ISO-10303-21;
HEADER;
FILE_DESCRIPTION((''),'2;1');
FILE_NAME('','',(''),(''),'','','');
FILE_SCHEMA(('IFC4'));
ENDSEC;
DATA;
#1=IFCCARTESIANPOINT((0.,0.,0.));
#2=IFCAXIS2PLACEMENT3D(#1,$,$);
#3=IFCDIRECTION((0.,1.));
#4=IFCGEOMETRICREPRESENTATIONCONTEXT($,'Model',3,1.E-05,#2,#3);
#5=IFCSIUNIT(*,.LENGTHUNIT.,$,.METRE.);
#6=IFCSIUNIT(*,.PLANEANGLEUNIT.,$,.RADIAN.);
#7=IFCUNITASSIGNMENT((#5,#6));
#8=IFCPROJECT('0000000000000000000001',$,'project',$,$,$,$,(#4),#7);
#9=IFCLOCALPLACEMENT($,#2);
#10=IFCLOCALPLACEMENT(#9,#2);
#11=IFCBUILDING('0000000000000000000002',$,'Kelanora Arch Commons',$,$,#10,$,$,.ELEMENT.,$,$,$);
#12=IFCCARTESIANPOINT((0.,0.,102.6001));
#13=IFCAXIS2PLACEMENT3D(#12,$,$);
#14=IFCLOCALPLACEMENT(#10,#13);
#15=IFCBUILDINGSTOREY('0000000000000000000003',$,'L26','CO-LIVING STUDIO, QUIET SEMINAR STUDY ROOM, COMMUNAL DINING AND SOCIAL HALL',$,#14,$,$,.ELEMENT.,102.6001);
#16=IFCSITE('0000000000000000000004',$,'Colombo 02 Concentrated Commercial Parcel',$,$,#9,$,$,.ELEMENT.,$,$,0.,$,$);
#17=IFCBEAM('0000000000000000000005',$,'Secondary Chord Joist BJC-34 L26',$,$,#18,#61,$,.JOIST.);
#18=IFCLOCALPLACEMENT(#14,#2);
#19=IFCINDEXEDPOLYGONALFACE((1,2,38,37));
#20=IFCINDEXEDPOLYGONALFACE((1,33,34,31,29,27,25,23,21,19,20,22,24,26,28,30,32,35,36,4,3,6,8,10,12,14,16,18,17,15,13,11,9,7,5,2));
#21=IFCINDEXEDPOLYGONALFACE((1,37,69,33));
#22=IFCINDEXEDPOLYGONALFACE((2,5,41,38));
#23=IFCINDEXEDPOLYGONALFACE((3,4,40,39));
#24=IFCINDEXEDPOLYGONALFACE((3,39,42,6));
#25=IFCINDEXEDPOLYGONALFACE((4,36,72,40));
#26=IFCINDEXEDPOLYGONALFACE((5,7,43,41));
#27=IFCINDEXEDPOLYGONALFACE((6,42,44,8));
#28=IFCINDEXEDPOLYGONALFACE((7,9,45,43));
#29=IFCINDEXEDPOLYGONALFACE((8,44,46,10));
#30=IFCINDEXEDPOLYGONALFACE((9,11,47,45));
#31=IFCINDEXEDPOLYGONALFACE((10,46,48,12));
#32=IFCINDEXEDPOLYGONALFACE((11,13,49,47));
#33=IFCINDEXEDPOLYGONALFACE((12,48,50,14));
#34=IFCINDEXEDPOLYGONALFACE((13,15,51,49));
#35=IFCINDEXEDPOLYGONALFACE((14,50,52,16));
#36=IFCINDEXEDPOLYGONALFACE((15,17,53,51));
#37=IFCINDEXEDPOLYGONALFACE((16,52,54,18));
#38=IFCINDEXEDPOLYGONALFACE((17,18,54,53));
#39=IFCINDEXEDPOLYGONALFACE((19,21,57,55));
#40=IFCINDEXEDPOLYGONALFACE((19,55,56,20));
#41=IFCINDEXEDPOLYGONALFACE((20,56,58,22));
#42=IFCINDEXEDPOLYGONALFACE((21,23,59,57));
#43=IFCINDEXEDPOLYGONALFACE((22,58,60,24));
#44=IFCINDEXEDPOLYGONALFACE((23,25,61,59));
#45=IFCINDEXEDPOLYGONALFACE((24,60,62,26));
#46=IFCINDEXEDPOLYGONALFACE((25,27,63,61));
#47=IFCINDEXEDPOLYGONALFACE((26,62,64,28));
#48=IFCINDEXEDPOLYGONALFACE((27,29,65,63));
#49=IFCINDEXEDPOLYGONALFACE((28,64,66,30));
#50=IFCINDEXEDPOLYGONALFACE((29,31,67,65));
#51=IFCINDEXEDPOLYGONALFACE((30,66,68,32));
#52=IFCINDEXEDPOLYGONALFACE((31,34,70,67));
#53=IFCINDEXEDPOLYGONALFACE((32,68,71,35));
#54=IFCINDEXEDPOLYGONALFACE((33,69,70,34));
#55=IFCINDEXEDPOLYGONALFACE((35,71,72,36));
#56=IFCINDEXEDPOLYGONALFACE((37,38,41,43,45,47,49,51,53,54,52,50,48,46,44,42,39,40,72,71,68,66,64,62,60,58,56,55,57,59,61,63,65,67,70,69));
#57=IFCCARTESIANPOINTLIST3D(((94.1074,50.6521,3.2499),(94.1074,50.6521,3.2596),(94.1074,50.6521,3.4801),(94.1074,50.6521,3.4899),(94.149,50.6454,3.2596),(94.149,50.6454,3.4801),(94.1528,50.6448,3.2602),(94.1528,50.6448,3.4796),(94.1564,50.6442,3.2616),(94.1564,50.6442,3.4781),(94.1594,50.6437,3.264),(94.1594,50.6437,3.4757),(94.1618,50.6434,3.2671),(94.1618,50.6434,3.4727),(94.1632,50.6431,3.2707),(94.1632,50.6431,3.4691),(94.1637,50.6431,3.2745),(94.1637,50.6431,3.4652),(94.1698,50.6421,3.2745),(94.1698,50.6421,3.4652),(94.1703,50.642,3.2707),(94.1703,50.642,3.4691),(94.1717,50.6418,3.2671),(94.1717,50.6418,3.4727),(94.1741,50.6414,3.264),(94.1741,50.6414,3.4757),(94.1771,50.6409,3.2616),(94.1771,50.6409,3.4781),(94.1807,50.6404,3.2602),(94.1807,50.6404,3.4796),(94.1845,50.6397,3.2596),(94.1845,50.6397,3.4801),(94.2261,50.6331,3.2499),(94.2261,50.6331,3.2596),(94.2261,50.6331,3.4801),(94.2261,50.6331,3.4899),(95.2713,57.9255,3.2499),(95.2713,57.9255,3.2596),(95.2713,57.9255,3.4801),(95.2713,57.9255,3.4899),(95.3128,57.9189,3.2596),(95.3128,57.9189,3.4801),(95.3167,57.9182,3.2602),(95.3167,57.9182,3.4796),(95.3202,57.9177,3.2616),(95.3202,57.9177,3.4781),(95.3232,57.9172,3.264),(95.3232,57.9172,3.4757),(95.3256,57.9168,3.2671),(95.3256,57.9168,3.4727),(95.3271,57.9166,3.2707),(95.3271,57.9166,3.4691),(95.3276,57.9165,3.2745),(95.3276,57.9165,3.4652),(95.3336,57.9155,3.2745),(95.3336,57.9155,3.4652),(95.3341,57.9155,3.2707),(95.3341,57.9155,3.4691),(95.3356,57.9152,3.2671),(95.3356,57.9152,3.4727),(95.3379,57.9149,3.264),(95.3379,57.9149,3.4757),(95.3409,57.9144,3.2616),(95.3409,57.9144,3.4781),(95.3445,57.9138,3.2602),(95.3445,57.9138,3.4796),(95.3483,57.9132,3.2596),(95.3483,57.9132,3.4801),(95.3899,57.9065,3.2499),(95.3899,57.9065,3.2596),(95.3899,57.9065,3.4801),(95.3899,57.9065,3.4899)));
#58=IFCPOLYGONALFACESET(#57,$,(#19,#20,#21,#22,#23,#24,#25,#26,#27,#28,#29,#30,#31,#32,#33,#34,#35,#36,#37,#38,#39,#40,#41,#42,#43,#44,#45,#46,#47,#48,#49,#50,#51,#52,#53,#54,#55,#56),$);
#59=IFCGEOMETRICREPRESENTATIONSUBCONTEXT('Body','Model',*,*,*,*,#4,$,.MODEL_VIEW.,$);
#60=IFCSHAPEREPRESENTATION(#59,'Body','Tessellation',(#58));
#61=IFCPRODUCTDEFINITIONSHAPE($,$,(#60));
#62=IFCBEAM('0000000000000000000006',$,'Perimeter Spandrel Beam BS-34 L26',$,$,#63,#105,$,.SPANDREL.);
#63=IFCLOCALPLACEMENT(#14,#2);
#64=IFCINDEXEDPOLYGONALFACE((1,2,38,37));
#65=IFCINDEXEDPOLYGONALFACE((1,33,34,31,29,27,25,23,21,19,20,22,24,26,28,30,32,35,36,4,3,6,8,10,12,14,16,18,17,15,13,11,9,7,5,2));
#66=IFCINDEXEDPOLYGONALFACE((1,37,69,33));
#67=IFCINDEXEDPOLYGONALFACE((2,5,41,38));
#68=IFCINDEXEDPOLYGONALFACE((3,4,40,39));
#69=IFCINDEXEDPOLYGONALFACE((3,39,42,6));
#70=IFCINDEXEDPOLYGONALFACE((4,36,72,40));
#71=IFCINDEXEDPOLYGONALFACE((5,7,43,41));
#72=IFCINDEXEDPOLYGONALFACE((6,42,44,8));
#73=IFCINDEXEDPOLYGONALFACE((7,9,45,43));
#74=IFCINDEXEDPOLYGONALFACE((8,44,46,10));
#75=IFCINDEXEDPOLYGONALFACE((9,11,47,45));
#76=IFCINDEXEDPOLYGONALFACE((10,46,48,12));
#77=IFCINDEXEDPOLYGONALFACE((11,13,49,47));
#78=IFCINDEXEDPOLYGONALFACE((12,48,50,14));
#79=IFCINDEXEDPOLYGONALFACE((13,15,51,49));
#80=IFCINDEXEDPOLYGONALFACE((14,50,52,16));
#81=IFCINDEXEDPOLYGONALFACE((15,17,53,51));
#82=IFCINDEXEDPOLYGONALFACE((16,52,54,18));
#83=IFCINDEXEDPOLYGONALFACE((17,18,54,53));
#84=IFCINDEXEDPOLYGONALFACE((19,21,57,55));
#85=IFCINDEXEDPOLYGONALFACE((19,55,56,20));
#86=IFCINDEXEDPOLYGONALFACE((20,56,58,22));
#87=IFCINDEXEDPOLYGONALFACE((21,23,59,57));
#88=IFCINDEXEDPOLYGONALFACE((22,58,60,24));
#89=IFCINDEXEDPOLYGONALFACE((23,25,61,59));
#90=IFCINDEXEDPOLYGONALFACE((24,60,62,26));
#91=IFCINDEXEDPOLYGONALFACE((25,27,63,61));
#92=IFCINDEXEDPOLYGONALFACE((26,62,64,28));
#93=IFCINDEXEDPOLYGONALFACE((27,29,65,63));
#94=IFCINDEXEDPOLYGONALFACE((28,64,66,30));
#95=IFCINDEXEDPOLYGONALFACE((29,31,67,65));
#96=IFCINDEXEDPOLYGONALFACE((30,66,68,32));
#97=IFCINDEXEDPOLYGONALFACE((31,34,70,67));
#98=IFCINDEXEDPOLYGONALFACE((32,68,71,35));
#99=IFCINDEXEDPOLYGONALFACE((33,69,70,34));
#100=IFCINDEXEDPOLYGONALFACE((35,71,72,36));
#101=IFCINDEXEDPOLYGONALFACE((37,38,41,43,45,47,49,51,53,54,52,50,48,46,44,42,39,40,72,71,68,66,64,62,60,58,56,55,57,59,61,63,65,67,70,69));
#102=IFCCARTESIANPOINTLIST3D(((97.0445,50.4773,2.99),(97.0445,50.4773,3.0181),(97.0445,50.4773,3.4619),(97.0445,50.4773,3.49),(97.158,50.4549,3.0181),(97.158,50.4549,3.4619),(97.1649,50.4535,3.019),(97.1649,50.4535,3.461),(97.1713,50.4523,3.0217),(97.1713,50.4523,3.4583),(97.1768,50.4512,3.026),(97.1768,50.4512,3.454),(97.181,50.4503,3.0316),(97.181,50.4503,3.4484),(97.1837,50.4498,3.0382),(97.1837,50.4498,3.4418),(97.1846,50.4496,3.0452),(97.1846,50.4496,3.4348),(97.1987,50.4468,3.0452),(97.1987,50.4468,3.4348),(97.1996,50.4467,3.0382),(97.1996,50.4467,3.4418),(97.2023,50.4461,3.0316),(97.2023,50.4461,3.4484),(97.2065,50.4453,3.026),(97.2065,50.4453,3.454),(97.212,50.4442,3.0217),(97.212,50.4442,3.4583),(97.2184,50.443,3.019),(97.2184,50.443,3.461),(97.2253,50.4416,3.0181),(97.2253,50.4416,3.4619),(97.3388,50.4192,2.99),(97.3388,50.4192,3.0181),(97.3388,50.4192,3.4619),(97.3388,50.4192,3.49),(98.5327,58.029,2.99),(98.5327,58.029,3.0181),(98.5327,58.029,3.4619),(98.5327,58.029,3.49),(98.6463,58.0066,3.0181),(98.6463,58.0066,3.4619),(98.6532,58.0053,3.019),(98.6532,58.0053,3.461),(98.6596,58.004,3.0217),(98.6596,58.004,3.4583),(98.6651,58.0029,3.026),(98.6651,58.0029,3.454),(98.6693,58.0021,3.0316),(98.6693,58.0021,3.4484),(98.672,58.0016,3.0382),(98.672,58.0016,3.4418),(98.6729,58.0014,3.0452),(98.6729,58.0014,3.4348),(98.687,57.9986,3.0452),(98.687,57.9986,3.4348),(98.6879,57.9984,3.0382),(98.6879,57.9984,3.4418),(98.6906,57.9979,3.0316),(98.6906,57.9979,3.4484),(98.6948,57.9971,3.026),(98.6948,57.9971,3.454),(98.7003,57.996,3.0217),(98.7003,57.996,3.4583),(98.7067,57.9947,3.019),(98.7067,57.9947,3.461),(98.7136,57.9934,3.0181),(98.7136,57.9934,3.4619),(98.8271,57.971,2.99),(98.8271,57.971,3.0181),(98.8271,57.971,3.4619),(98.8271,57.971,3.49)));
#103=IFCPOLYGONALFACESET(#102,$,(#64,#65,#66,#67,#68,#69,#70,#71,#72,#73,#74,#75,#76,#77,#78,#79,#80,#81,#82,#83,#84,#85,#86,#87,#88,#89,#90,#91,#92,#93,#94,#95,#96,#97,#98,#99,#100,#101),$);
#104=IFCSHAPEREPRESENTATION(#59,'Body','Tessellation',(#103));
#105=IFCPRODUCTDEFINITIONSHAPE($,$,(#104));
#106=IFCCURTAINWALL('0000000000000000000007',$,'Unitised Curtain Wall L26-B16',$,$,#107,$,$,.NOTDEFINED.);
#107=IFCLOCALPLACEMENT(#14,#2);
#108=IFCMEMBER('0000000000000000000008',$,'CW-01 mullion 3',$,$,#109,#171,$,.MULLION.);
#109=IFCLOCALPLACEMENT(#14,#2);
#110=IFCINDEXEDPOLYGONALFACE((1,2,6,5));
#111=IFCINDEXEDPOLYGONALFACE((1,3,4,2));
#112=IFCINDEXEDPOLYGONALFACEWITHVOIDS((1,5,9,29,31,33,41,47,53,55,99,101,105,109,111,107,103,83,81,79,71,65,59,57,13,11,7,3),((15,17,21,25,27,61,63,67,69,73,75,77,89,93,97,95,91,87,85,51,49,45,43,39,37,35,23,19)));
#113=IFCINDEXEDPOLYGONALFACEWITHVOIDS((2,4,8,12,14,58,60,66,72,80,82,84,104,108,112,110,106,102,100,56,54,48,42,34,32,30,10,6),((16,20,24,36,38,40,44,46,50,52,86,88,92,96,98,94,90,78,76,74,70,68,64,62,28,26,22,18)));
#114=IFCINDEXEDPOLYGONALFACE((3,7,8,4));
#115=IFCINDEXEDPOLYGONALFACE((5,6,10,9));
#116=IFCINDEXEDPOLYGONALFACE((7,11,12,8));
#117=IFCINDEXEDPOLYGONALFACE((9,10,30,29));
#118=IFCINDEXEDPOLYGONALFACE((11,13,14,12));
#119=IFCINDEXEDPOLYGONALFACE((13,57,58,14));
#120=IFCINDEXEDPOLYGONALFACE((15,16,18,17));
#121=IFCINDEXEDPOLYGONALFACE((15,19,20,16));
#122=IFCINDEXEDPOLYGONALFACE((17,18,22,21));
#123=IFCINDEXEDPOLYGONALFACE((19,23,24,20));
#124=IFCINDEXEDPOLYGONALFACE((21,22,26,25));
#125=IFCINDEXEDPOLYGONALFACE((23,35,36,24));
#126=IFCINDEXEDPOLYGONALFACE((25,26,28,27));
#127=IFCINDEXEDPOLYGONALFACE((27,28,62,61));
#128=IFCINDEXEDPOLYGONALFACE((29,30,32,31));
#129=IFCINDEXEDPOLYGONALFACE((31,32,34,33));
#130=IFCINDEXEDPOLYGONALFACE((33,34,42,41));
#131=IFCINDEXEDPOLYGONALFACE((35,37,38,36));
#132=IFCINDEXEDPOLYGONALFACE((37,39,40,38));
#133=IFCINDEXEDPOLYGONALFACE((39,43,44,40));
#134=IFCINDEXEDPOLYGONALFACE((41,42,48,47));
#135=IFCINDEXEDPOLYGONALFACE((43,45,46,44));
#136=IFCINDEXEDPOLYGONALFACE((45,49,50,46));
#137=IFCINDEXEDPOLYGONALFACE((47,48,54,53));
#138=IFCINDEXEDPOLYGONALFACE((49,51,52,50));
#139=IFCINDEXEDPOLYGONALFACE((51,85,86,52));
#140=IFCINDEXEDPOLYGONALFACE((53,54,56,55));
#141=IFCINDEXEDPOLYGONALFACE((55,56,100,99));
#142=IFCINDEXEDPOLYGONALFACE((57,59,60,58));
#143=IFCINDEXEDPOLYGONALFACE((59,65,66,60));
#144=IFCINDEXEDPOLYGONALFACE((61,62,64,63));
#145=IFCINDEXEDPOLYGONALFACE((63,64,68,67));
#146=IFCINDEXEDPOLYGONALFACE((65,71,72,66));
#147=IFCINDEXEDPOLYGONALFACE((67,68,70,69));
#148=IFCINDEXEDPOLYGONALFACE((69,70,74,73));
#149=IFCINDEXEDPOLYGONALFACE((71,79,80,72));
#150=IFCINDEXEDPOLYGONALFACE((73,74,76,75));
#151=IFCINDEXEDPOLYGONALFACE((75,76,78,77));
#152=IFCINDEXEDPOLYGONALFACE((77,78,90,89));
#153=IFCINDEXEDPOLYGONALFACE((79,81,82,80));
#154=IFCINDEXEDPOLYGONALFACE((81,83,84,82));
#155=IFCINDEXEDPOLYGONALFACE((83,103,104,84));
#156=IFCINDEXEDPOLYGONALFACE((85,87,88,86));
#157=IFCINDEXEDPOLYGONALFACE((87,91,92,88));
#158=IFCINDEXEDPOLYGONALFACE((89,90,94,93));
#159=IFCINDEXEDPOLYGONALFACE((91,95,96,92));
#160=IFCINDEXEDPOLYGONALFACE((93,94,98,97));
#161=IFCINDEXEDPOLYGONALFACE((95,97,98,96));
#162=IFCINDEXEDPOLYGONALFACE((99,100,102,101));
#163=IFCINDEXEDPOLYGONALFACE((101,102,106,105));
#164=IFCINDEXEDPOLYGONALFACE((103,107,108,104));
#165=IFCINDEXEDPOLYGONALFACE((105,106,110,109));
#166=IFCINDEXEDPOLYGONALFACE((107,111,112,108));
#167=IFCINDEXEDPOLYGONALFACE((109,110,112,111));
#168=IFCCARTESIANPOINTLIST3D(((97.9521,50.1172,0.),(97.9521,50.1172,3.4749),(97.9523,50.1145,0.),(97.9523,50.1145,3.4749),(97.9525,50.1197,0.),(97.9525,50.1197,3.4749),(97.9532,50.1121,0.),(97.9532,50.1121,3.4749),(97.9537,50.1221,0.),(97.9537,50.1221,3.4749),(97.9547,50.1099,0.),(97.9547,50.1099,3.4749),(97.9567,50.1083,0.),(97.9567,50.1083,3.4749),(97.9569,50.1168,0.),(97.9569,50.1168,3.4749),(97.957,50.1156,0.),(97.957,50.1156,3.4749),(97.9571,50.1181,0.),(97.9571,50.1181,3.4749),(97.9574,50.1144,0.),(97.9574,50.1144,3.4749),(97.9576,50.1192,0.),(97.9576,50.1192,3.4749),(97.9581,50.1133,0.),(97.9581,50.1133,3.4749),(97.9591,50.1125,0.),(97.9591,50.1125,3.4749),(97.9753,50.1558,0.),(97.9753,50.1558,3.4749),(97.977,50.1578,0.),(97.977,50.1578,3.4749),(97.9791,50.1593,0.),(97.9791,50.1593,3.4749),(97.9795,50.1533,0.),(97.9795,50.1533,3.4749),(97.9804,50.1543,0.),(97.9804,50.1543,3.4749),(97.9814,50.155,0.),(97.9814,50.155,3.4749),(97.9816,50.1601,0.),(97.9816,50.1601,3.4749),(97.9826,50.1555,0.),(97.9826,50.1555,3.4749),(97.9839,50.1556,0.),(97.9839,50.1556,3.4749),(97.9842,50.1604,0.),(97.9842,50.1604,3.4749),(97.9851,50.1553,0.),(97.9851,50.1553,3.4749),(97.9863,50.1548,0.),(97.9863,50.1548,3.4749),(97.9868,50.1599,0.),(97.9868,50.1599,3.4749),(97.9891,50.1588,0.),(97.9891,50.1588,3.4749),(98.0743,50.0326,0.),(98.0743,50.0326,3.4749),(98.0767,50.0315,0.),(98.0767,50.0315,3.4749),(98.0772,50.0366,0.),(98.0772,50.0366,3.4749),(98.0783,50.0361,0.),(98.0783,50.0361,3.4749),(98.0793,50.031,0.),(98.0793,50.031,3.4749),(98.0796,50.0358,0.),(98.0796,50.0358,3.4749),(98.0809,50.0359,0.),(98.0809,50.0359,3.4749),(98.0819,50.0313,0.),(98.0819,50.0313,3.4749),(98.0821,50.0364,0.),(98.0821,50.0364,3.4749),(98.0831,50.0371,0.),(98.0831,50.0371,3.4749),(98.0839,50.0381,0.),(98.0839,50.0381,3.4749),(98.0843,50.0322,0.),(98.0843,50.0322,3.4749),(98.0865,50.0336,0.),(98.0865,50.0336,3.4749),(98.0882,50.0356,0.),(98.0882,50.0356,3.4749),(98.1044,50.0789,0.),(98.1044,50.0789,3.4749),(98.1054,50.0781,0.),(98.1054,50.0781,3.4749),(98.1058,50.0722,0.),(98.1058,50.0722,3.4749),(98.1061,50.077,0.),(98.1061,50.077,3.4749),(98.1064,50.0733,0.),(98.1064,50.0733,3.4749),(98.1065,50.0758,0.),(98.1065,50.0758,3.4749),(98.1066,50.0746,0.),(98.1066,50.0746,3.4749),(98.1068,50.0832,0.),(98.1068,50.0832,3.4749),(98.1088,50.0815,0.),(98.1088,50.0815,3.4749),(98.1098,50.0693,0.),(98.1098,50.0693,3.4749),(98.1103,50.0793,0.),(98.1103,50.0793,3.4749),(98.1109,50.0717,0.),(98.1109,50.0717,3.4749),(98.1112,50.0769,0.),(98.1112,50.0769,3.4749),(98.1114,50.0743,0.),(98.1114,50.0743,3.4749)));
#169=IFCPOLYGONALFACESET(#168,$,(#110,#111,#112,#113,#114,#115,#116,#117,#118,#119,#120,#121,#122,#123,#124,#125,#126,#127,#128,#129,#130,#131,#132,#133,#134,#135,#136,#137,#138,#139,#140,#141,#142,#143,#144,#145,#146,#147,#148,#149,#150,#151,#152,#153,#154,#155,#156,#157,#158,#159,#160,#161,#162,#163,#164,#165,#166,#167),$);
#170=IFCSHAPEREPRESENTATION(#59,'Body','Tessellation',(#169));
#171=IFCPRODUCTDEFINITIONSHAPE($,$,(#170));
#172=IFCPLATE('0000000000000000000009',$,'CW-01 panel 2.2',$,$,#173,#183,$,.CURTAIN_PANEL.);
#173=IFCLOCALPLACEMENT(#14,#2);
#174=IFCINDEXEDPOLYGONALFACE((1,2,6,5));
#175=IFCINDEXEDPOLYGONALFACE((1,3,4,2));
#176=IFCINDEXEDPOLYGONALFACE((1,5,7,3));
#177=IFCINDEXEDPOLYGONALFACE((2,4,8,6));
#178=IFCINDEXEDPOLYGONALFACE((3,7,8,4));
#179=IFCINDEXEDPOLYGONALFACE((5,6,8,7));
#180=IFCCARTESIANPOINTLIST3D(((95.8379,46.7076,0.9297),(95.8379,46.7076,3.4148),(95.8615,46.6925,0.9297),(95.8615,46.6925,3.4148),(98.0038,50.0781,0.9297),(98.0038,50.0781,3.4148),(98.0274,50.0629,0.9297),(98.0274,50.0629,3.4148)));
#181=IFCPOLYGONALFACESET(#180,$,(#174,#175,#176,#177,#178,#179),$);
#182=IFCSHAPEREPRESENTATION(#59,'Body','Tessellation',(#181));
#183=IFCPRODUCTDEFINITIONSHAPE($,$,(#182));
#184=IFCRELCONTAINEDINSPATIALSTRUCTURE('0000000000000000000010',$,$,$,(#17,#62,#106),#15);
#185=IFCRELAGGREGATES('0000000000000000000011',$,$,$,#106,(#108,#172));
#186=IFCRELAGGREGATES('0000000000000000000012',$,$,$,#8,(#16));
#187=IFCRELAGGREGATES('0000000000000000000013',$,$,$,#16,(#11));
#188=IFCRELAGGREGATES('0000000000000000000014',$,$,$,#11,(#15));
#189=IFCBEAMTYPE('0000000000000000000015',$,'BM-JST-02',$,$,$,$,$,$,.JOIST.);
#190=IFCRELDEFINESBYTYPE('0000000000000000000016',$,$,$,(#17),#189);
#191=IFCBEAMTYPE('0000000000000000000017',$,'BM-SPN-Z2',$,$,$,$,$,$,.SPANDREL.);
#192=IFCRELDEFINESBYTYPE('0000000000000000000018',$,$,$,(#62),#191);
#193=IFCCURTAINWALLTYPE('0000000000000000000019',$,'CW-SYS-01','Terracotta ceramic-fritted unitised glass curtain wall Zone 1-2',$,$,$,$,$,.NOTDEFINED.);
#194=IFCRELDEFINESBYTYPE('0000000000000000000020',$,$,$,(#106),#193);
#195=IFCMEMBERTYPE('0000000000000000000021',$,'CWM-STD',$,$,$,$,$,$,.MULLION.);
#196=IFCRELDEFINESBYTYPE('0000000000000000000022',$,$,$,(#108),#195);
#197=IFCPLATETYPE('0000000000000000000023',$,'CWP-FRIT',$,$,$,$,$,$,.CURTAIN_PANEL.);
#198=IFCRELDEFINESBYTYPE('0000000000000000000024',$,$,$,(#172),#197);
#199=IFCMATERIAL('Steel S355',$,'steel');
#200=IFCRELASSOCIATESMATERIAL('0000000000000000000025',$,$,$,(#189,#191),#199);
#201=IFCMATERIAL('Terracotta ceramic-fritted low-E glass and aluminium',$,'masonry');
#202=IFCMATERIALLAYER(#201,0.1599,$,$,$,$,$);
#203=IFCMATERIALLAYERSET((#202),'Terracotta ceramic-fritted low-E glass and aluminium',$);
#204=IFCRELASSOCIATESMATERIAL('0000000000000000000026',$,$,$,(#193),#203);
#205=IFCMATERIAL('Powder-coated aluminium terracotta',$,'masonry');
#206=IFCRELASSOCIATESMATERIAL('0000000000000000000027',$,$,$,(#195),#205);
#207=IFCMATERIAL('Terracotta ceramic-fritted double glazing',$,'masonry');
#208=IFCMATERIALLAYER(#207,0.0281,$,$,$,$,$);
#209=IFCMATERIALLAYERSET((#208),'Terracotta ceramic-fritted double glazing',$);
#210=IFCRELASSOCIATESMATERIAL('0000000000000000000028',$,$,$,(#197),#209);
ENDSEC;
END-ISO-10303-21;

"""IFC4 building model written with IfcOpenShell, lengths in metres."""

from ifc_helpers import new_model, si_unit, direction, frame, origin, origin_2d, place, context, subcontext, project, spatial, rectangle, hollow_rectangle, i_section, extrude, source, transform, mapped, material, layer, layer_set, material_profile, profile_set, type_object, element, aggregate, save


model = new_model("IFC4")

# Units and contexts
model_context = context("Model", 3, precision=1e-05, world=origin(), true_north=direction((0.0, 1.0)))
body_context = subcontext(model_context, "Body", "Model", "MODEL_VIEW")
ifc_project = project(units=[si_unit("LENGTHUNIT", "METRE"), si_unit("PLANEANGLEUNIT", "RADIAN")], contexts=[model_context])

# Site, building, storey
site_placement = place(None, origin())
site = spatial("IfcSite", under=ifc_project, at=site_placement, Name="Colombo 02 Concentrated Commercial Parcel", CompositionType="ELEMENT", RefElevation=0.0)
building_placement = place(site_placement, origin())
building = spatial("IfcBuilding", under=site, at=building_placement, Name="Kelanora Arch Commons", CompositionType="ELEMENT")
storey_placement = place(building_placement, frame((0.0, 0.0, 102.6001)))
storey = spatial("IfcBuildingStorey", under=building, at=storey_placement, Name="L26", Description="CO-LIVING STUDIO, QUIET SEMINAR STUDY ROOM, COMMUNAL DINING AND SOCIAL HALL", CompositionType="ELEMENT", Elevation=102.6001)

# Beams
ifc_material_1 = material(Name="Steel S355", Category="steel")
ifc_material_profile_1 = material_profile(ifc_material_1, i_section(OverallWidth=0.1201, OverallDepth=0.24, WebThickness=0.0061, FlangeThickness=0.0098, FilletRadius=0.0149, at=origin_2d()), Name="IPE240")
ifc_profile_set_1 = profile_set([ifc_material_profile_1], Name="Steel S355")
beam_type_1 = type_object("IfcBeamType", Name="BM-JST-02", PredefinedType="JOIST", material=ifc_profile_set_1)
beam_1_placement = place(storey_placement, frame((94.1667, 50.6426, 3.3699), z_axis=(0.158, 0.987439, 0.0), x_axis=(-0.987439, 0.158, 0.0)))
element("IfcBeam", 1, at=beam_1_placement, inside=storey, type_object=beam_type_1, Name="Secondary Chord Joist BJC-34 L26", PredefinedType="JOIST", context=body_context, shape_type="SweptSolid", body=[
    extrude(i_section(OverallWidth=0.1201, OverallDepth=0.24, WebThickness=0.0061, FlangeThickness=0.0098, FilletRadius=0.0149, at=origin_2d()), origin(), (0.0, 0.0, 1.0), 7.366),
])
ifc_material_profile_2 = material_profile(ifc_material_1, i_section(OverallWidth=0.3, OverallDepth=0.5, WebThickness=0.0144, FlangeThickness=0.0281, FilletRadius=0.0271, at=origin_2d()), Name="HEB500")
ifc_profile_set_2 = profile_set([ifc_material_profile_2], Name="Steel S355")
beam_type_2 = type_object("IfcBeamType", Name="BM-SPN-Z2", PredefinedType="SPANDREL", material=ifc_profile_set_2)
beam_2_placement = place(storey_placement, frame((97.1917, 50.4482, 3.24), z_axis=(0.193358, 0.981128, 0.0), x_axis=(-0.981128, 0.193358, 0.0)))
element("IfcBeam", 2, at=beam_2_placement, inside=storey, type_object=beam_type_2, Name="Perimeter Spandrel Beam BS-34 L26", PredefinedType="SPANDREL", context=body_context, shape_type="SweptSolid", body=[
    extrude(i_section(OverallWidth=0.3, OverallDepth=0.5, WebThickness=0.0144, FlangeThickness=0.0281, FilletRadius=0.0271, at=origin_2d()), origin(), (0.0, 0.0, 1.0), 7.697),
])

# Curtain wall, member, plate
ifc_material_2 = material(Name="Terracotta ceramic-fritted low-E glass and aluminium", Category="masonry")
ifc_layer_1 = layer(ifc_material_2, 0.1599)
ifc_layer_set_1 = layer_set([ifc_layer_1], Name="Terracotta ceramic-fritted low-E glass and aluminium")
curtain_wall_type = type_object("IfcCurtainWallType", Name="CW-SYS-01", Description="Terracotta ceramic-fritted unitised glass curtain wall Zone 1-2", PredefinedType="NOTDEFINED", material=ifc_layer_set_1)
curtain_wall_placement = place(storey_placement, origin())
curtain_wall = element("IfcCurtainWall", 3, at=curtain_wall_placement, inside=storey, type_object=curtain_wall_type, Name="Unitised Curtain Wall L26-B16", PredefinedType="NOTDEFINED")
ifc_material_3 = material(Name="Powder-coated aluminium terracotta", Category="masonry")
ifc_material_profile_3 = material_profile(ifc_material_3, hollow_rectangle(XDim=0.1599, YDim=0.0601, WallThickness=0.0049, InnerFilletRadius=0.0049, OuterFilletRadius=0.01, at=origin_2d()), Name="CWM160x60")
ifc_profile_set_3 = profile_set([ifc_material_profile_3], Name="Powder-coated aluminium terracotta")
member_type = type_object("IfcMemberType", Name="CWM-STD", PredefinedType="MULLION", material=ifc_profile_set_3)
member_placement = place(storey_placement, frame((98.0317, 50.0957, 0.0), z_axis=(0.0, 0.0, 1.0), x_axis=(-0.841269, 0.540617, 0.0)))
member = element("IfcMember", 4, at=member_placement, type_object=member_type, Name="CW-01 mullion 3", PredefinedType="MULLION", context=body_context, shape_type="SweptSolid", body=[
    extrude(hollow_rectangle(XDim=0.1599, YDim=0.0601, WallThickness=0.0049, InnerFilletRadius=0.0049, OuterFilletRadius=0.01, at=origin_2d()), origin(), (0.0, 0.0, 1.0), 3.4749),
])
ifc_material_4 = material(Name="Terracotta ceramic-fritted double glazing", Category="masonry")
ifc_layer_2 = layer(ifc_material_4, 0.0281)
ifc_layer_set_2 = layer_set([ifc_layer_2], Name="Terracotta ceramic-fritted double glazing")
plate_type = type_object("IfcPlateType", Name="CWP-FRIT", PredefinedType="CURTAIN_PANEL", material=ifc_layer_set_2)
shared_shape_1 = source(origin(), body_context, "Body", "SweptSolid", [
    extrude(rectangle(XDim=4.0063, YDim=0.0281, at=origin_2d()), origin(), (0.0, 0.0, 1.0), 2.4851),
])
plate_placement = place(storey_placement, frame((96.9326, 48.3853, 0.9297), z_axis=(0.0, 0.0, 1.0), x_axis=(0.540617, 0.841269, 0.0)))
plate = element("IfcPlate", 5, at=plate_placement, type_object=plate_type, Name="CW-01 panel 2.2", PredefinedType="CURTAIN_PANEL", context=body_context, shape_type="MappedRepresentation", body=[
    mapped(shared_shape_1, transform((0.0, 0.0, 0.0), scale=1.0)),
])
aggregate(curtain_wall, [member, plate])

save(model, "model.ifc")
